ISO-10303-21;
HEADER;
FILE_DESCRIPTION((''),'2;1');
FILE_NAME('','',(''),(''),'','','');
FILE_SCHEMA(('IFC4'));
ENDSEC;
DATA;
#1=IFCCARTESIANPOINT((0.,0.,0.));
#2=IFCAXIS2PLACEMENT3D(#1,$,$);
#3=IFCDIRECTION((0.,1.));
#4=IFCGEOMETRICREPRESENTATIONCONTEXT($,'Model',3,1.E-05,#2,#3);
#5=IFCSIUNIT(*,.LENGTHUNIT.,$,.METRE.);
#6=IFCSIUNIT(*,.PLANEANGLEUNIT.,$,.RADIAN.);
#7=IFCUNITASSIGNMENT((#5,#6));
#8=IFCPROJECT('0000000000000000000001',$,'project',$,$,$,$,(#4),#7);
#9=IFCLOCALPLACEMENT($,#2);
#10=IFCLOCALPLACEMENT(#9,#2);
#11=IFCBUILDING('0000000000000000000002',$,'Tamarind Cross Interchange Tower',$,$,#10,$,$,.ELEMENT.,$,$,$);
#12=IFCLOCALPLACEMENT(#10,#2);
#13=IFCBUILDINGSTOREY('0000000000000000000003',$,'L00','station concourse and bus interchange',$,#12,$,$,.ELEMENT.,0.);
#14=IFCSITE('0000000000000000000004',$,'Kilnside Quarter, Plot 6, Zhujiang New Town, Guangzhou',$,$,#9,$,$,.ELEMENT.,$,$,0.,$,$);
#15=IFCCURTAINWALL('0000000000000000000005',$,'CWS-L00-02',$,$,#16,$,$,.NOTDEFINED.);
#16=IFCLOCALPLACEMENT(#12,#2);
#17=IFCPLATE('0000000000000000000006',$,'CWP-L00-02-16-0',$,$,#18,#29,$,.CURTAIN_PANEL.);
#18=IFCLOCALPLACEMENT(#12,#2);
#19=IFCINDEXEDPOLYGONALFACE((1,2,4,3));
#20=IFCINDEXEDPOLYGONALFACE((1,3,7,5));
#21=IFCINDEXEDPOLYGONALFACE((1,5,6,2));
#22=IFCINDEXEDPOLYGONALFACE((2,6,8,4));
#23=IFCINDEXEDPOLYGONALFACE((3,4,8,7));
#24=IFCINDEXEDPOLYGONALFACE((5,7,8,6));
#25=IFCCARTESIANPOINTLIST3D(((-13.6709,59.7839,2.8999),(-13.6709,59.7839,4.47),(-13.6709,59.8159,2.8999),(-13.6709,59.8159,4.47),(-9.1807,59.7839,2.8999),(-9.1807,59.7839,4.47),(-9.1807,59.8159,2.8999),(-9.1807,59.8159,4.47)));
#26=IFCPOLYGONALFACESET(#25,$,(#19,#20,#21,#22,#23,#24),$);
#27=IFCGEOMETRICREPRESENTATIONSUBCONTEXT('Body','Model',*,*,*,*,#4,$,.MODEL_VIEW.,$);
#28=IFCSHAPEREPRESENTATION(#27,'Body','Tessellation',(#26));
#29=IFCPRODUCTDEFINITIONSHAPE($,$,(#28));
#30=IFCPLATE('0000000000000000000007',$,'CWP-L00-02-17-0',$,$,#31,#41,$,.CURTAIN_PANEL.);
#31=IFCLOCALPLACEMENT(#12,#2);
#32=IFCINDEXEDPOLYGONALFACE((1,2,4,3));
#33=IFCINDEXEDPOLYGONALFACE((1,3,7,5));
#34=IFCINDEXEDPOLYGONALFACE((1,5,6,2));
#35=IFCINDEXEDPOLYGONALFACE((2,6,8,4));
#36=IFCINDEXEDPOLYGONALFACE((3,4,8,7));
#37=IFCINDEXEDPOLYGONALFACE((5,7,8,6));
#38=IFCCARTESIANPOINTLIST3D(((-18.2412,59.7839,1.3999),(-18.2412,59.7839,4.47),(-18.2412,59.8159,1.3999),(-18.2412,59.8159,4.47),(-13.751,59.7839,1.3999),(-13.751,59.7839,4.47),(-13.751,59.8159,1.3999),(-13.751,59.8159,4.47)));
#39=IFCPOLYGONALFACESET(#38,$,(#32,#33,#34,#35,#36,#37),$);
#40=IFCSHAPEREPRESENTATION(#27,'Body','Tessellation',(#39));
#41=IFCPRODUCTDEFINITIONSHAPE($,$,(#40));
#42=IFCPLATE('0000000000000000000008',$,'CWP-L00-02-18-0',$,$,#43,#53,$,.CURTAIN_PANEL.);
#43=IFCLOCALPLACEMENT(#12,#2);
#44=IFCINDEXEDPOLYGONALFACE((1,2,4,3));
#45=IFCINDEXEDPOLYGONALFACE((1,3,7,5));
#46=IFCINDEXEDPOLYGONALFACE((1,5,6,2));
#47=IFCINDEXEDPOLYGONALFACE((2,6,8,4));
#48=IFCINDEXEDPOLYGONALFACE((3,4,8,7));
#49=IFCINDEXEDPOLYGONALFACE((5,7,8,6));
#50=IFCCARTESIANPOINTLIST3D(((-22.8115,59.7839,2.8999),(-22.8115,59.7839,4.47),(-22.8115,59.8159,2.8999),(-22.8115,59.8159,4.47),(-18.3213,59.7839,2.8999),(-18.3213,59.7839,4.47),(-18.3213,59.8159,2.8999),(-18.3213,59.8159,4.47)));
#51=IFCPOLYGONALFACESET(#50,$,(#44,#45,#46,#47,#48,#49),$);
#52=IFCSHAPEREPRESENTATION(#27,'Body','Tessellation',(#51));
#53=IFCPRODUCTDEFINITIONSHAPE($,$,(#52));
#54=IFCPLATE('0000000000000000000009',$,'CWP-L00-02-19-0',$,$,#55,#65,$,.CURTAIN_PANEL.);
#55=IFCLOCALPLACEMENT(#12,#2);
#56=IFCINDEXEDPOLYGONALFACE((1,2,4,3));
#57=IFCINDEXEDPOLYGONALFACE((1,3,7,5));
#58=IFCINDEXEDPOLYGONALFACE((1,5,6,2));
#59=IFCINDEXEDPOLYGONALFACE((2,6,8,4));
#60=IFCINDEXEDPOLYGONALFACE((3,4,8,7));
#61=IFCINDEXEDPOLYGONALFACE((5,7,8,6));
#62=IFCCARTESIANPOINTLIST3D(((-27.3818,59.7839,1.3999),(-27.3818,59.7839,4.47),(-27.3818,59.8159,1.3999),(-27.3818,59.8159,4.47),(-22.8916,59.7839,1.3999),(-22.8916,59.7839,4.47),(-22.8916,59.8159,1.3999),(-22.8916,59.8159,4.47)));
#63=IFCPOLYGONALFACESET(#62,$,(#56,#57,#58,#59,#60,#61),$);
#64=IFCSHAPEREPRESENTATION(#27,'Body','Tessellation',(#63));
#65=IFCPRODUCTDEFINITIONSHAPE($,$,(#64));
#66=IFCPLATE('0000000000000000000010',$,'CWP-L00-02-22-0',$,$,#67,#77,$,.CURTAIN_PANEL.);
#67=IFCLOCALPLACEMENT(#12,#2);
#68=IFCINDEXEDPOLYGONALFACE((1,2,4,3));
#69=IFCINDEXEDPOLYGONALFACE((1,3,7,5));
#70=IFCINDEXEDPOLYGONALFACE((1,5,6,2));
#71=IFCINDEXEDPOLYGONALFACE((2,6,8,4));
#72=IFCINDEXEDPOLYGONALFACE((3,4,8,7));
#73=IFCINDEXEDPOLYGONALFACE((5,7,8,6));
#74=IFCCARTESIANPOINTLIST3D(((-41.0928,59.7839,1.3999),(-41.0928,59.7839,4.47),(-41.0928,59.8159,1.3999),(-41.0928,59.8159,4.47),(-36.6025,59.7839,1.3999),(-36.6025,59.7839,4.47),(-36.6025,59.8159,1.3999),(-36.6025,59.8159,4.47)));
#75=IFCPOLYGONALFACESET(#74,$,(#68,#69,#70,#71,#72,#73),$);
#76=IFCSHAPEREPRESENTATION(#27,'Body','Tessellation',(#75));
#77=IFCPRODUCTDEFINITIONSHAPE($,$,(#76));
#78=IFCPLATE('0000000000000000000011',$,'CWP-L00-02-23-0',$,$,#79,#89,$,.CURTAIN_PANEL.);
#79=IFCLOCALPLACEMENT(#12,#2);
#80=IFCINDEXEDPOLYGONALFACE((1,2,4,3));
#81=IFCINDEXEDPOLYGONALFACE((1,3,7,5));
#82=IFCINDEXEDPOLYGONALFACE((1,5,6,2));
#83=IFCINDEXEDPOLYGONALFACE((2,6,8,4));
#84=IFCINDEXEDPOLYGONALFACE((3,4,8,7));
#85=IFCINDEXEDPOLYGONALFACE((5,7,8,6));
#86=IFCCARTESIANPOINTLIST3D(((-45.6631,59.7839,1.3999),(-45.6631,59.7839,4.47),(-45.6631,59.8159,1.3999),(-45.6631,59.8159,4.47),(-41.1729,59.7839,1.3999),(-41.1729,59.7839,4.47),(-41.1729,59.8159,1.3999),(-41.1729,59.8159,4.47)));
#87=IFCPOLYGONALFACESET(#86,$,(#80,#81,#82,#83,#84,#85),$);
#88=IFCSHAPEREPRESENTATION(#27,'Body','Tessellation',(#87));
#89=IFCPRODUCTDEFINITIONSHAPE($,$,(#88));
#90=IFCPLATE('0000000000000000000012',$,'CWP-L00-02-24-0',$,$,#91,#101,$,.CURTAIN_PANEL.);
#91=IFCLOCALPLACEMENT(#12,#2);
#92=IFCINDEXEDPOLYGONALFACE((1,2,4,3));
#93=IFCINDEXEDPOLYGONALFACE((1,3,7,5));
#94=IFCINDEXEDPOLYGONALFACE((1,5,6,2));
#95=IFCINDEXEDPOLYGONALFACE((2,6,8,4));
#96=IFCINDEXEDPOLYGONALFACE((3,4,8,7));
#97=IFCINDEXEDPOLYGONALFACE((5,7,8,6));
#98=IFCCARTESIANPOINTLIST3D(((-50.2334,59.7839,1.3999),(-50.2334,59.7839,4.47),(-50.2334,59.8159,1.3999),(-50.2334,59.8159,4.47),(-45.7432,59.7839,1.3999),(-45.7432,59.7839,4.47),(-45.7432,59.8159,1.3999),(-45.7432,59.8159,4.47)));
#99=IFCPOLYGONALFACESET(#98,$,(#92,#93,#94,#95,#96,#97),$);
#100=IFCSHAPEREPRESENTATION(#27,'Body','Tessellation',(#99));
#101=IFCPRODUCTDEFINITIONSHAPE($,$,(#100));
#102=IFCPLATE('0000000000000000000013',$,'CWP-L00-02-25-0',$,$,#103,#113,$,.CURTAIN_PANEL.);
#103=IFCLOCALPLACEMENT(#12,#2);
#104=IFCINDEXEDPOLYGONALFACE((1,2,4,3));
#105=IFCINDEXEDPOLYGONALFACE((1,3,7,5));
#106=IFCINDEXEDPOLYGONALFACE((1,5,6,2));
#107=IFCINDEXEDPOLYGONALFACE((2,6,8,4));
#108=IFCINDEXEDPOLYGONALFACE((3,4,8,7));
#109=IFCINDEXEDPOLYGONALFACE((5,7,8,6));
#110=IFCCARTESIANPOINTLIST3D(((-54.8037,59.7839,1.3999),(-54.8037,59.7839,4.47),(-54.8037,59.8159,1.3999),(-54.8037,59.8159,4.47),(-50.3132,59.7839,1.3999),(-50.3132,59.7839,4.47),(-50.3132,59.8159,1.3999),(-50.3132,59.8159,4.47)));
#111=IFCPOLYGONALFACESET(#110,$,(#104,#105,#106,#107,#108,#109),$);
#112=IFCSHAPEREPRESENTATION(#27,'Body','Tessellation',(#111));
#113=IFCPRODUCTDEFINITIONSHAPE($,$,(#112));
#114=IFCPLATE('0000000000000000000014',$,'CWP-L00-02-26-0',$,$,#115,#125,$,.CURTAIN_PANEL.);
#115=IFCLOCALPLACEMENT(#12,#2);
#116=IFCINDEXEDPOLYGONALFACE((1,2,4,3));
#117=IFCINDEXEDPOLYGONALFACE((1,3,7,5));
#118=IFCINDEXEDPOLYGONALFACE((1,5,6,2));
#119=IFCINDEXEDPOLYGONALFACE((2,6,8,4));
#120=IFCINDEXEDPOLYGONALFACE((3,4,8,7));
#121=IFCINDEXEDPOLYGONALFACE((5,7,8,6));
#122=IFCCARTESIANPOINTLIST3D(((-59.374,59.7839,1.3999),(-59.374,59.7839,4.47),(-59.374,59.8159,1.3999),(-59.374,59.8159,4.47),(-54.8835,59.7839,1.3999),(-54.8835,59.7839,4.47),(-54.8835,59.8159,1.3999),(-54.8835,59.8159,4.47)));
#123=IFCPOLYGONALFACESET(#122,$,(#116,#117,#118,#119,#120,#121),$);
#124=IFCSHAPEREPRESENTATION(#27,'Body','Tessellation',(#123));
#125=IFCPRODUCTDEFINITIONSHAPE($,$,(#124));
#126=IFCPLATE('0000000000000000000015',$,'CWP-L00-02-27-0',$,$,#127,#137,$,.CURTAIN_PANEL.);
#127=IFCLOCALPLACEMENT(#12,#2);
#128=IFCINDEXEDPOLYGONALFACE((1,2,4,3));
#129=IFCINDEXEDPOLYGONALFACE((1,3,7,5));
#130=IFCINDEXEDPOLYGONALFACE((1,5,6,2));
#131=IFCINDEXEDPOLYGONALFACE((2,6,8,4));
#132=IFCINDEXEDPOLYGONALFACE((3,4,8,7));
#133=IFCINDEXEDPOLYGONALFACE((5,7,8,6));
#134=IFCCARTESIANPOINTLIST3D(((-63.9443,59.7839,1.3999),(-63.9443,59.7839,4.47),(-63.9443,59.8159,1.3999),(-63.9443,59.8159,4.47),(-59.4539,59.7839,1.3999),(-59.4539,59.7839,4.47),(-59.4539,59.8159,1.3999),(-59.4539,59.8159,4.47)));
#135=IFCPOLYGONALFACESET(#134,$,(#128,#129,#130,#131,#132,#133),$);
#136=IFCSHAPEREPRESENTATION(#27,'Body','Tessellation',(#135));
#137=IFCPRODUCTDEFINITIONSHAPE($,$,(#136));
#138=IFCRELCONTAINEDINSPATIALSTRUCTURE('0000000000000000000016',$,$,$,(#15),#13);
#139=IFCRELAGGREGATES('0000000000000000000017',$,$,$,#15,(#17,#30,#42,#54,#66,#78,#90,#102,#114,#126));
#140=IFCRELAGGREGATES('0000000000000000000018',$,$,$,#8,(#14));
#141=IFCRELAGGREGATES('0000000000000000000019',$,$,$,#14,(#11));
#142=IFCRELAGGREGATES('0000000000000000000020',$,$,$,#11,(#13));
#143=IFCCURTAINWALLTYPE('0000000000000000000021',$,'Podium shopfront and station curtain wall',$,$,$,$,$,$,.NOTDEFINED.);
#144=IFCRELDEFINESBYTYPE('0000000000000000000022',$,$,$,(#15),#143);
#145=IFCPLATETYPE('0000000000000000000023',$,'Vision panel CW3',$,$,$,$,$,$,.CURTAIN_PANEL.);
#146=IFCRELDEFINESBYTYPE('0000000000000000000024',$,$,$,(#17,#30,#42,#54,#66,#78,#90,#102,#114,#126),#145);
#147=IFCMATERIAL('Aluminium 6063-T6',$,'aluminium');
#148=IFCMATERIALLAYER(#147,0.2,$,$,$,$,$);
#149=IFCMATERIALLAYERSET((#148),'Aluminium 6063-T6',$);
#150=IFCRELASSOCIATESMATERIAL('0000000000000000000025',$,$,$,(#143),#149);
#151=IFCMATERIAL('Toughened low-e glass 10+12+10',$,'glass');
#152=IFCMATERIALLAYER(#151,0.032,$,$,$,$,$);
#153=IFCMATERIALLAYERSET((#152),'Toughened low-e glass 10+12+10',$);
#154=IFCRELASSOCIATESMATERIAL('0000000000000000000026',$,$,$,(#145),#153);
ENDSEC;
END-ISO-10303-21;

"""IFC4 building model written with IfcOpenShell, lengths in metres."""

from ifc_helpers import new_model, si_unit, direction, frame, origin, place, context, subcontext, project, spatial, polyline, outline, extrude, material, layer, layer_set, type_object, element, aggregate, save


model = new_model("IFC4")

# Units and contexts
model_context = context("Model", 3, precision=1e-05, world=origin(), true_north=direction((0.0, 1.0)))
body_context = subcontext(model_context, "Body", "Model", "MODEL_VIEW")
ifc_project = project(units=[si_unit("LENGTHUNIT", "METRE"), si_unit("PLANEANGLEUNIT", "RADIAN")], contexts=[model_context])

# Site, building, storey
site_placement = place(None, origin())
site = spatial("IfcSite", under=ifc_project, at=site_placement, Name="Kilnside Quarter, Plot 6, Zhujiang New Town, Guangzhou", CompositionType="ELEMENT", RefElevation=0.0)
building_placement = place(site_placement, origin())
building = spatial("IfcBuilding", under=site, at=building_placement, Name="Tamarind Cross Interchange Tower", CompositionType="ELEMENT")
storey_placement = place(building_placement, origin())
storey = spatial("IfcBuildingStorey", under=building, at=storey_placement, Name="L00", Description="station concourse and bus interchange", CompositionType="ELEMENT", Elevation=0.0)

# Curtain wall
ifc_material_1 = material(Name="Aluminium 6063-T6", Category="aluminium")
ifc_layer_1 = layer(ifc_material_1, 0.2)
ifc_layer_set_1 = layer_set([ifc_layer_1], Name="Aluminium 6063-T6")
curtain_wall_type = type_object("IfcCurtainWallType", Name="Podium shopfront and station curtain wall", PredefinedType="NOTDEFINED", material=ifc_layer_set_1)
curtain_wall_1_placement = place(storey_placement, origin())
curtain_wall_1 = element("IfcCurtainWall", 1, at=curtain_wall_1_placement, inside=storey, type_object=curtain_wall_type, Name="CWS-L00-02", PredefinedType="NOTDEFINED")

# Plates
ifc_material_2 = material(Name="Toughened low-e glass 10+12+10", Category="glass")
ifc_layer_2 = layer(ifc_material_2, 0.032)
ifc_layer_set_2 = layer_set([ifc_layer_2], Name="Toughened low-e glass 10+12+10")
plate_type = type_object("IfcPlateType", Name="Vision panel CW3", PredefinedType="CURTAIN_PANEL", material=ifc_layer_set_2)
plate_1_placement = place(storey_placement, frame((0.0, 0.0, 2.8999)))
plate_1 = element("IfcPlate", 2, at=plate_1_placement, type_object=plate_type, Name="CWP-L00-02-16-0", PredefinedType="CURTAIN_PANEL", context=body_context, shape_type="SweptSolid", body=[
    extrude(outline(polyline([(-9.1807, 59.7839), (-13.6709, 59.7839), (-13.6709, 59.8159), (-9.1807, 59.8159), (-9.1807, 59.7839)])), origin(), (0.0, 0.0, 1.0), 1.5701),
])
plate_2_placement = place(storey_placement, frame((0.0, 0.0, 1.3999)))
plate_2 = element("IfcPlate", 3, at=plate_2_placement, type_object=plate_type, Name="CWP-L00-02-17-0", PredefinedType="CURTAIN_PANEL", context=body_context, shape_type="SweptSolid", body=[
    extrude(outline(polyline([(-13.751, 59.7839), (-18.2412, 59.7839), (-18.2412, 59.8159), (-13.751, 59.8159), (-13.751, 59.7839)])), origin(), (0.0, 0.0, 1.0), 3.0701),
])
plate_3_placement = place(storey_placement, frame((0.0, 0.0, 2.8999)))
plate_3 = element("IfcPlate", 4, at=plate_3_placement, type_object=plate_type, Name="CWP-L00-02-18-0", PredefinedType="CURTAIN_PANEL", context=body_context, shape_type="SweptSolid", body=[
    extrude(outline(polyline([(-18.3213, 59.7839), (-22.8115, 59.7839), (-22.8115, 59.8159), (-18.3213, 59.8159), (-18.3213, 59.7839)])), origin(), (0.0, 0.0, 1.0), 1.5701),
])
plate_4_placement = place(storey_placement, frame((0.0, 0.0, 1.3999)))
plate_4 = element("IfcPlate", 5, at=plate_4_placement, type_object=plate_type, Name="CWP-L00-02-19-0", PredefinedType="CURTAIN_PANEL", context=body_context, shape_type="SweptSolid", body=[
    extrude(outline(polyline([(-22.8916, 59.7839), (-27.3818, 59.7839), (-27.3818, 59.8159), (-22.8916, 59.8159), (-22.8916, 59.7839)])), origin(), (0.0, 0.0, 1.0), 3.0701),
])
plate_5_placement = place(storey_placement, frame((0.0, 0.0, 1.3999)))
plate_5 = element("IfcPlate", 6, at=plate_5_placement, type_object=plate_type, Name="CWP-L00-02-22-0", PredefinedType="CURTAIN_PANEL", context=body_context, shape_type="SweptSolid", body=[
    extrude(outline(polyline([(-36.6025, 59.7839), (-41.0928, 59.7839), (-41.0928, 59.8159), (-36.6025, 59.8159), (-36.6025, 59.7839)])), origin(), (0.0, 0.0, 1.0), 3.0701),
])
plate_6_placement = place(storey_placement, frame((0.0, 0.0, 1.3999)))
plate_6 = element("IfcPlate", 7, at=plate_6_placement, type_object=plate_type, Name="CWP-L00-02-23-0", PredefinedType="CURTAIN_PANEL", context=body_context, shape_type="SweptSolid", body=[
    extrude(outline(polyline([(-41.1729, 59.7839), (-45.6631, 59.7839), (-45.6631, 59.8159), (-41.1729, 59.8159), (-41.1729, 59.7839)])), origin(), (0.0, 0.0, 1.0), 3.0701),
])
plate_7_placement = place(storey_placement, frame((0.0, 0.0, 1.3999)))
plate_7 = element("IfcPlate", 8, at=plate_7_placement, type_object=plate_type, Name="CWP-L00-02-24-0", PredefinedType="CURTAIN_PANEL", context=body_context, shape_type="SweptSolid", body=[
    extrude(outline(polyline([(-45.7432, 59.7839), (-50.2334, 59.7839), (-50.2334, 59.8159), (-45.7432, 59.8159), (-45.7432, 59.7839)])), origin(), (0.0, 0.0, 1.0), 3.0701),
])
plate_8_placement = place(storey_placement, frame((0.0, 0.0, 1.3999)))
plate_8 = element("IfcPlate", 9, at=plate_8_placement, type_object=plate_type, Name="CWP-L00-02-25-0", PredefinedType="CURTAIN_PANEL", context=body_context, shape_type="SweptSolid", body=[
    extrude(outline(polyline([(-50.3132, 59.7839), (-54.8037, 59.7839), (-54.8037, 59.8159), (-50.3132, 59.8159), (-50.3132, 59.7839)])), origin(), (0.0, 0.0, 1.0), 3.0701),
])
plate_9_placement = place(storey_placement, frame((0.0, 0.0, 1.3999)))
plate_9 = element("IfcPlate", 10, at=plate_9_placement, type_object=plate_type, Name="CWP-L00-02-26-0", PredefinedType="CURTAIN_PANEL", context=body_context, shape_type="SweptSolid", body=[
    extrude(outline(polyline([(-54.8835, 59.7839), (-59.374, 59.7839), (-59.374, 59.8159), (-54.8835, 59.8159), (-54.8835, 59.7839)])), origin(), (0.0, 0.0, 1.0), 3.0701),
])
plate_10_placement = place(storey_placement, frame((0.0, 0.0, 1.3999)))
plate_10 = element("IfcPlate", 11, at=plate_10_placement, type_object=plate_type, Name="CWP-L00-02-27-0", PredefinedType="CURTAIN_PANEL", context=body_context, shape_type="SweptSolid", body=[
    extrude(outline(polyline([(-59.4539, 59.7839), (-63.9443, 59.7839), (-63.9443, 59.8159), (-59.4539, 59.8159), (-59.4539, 59.7839)])), origin(), (0.0, 0.0, 1.0), 3.0701),
])
aggregate(curtain_wall_1, [plate_1, plate_2, plate_3, plate_4, plate_5, plate_6, plate_7, plate_8, plate_9, plate_10])

save(model, "model.ifc")
